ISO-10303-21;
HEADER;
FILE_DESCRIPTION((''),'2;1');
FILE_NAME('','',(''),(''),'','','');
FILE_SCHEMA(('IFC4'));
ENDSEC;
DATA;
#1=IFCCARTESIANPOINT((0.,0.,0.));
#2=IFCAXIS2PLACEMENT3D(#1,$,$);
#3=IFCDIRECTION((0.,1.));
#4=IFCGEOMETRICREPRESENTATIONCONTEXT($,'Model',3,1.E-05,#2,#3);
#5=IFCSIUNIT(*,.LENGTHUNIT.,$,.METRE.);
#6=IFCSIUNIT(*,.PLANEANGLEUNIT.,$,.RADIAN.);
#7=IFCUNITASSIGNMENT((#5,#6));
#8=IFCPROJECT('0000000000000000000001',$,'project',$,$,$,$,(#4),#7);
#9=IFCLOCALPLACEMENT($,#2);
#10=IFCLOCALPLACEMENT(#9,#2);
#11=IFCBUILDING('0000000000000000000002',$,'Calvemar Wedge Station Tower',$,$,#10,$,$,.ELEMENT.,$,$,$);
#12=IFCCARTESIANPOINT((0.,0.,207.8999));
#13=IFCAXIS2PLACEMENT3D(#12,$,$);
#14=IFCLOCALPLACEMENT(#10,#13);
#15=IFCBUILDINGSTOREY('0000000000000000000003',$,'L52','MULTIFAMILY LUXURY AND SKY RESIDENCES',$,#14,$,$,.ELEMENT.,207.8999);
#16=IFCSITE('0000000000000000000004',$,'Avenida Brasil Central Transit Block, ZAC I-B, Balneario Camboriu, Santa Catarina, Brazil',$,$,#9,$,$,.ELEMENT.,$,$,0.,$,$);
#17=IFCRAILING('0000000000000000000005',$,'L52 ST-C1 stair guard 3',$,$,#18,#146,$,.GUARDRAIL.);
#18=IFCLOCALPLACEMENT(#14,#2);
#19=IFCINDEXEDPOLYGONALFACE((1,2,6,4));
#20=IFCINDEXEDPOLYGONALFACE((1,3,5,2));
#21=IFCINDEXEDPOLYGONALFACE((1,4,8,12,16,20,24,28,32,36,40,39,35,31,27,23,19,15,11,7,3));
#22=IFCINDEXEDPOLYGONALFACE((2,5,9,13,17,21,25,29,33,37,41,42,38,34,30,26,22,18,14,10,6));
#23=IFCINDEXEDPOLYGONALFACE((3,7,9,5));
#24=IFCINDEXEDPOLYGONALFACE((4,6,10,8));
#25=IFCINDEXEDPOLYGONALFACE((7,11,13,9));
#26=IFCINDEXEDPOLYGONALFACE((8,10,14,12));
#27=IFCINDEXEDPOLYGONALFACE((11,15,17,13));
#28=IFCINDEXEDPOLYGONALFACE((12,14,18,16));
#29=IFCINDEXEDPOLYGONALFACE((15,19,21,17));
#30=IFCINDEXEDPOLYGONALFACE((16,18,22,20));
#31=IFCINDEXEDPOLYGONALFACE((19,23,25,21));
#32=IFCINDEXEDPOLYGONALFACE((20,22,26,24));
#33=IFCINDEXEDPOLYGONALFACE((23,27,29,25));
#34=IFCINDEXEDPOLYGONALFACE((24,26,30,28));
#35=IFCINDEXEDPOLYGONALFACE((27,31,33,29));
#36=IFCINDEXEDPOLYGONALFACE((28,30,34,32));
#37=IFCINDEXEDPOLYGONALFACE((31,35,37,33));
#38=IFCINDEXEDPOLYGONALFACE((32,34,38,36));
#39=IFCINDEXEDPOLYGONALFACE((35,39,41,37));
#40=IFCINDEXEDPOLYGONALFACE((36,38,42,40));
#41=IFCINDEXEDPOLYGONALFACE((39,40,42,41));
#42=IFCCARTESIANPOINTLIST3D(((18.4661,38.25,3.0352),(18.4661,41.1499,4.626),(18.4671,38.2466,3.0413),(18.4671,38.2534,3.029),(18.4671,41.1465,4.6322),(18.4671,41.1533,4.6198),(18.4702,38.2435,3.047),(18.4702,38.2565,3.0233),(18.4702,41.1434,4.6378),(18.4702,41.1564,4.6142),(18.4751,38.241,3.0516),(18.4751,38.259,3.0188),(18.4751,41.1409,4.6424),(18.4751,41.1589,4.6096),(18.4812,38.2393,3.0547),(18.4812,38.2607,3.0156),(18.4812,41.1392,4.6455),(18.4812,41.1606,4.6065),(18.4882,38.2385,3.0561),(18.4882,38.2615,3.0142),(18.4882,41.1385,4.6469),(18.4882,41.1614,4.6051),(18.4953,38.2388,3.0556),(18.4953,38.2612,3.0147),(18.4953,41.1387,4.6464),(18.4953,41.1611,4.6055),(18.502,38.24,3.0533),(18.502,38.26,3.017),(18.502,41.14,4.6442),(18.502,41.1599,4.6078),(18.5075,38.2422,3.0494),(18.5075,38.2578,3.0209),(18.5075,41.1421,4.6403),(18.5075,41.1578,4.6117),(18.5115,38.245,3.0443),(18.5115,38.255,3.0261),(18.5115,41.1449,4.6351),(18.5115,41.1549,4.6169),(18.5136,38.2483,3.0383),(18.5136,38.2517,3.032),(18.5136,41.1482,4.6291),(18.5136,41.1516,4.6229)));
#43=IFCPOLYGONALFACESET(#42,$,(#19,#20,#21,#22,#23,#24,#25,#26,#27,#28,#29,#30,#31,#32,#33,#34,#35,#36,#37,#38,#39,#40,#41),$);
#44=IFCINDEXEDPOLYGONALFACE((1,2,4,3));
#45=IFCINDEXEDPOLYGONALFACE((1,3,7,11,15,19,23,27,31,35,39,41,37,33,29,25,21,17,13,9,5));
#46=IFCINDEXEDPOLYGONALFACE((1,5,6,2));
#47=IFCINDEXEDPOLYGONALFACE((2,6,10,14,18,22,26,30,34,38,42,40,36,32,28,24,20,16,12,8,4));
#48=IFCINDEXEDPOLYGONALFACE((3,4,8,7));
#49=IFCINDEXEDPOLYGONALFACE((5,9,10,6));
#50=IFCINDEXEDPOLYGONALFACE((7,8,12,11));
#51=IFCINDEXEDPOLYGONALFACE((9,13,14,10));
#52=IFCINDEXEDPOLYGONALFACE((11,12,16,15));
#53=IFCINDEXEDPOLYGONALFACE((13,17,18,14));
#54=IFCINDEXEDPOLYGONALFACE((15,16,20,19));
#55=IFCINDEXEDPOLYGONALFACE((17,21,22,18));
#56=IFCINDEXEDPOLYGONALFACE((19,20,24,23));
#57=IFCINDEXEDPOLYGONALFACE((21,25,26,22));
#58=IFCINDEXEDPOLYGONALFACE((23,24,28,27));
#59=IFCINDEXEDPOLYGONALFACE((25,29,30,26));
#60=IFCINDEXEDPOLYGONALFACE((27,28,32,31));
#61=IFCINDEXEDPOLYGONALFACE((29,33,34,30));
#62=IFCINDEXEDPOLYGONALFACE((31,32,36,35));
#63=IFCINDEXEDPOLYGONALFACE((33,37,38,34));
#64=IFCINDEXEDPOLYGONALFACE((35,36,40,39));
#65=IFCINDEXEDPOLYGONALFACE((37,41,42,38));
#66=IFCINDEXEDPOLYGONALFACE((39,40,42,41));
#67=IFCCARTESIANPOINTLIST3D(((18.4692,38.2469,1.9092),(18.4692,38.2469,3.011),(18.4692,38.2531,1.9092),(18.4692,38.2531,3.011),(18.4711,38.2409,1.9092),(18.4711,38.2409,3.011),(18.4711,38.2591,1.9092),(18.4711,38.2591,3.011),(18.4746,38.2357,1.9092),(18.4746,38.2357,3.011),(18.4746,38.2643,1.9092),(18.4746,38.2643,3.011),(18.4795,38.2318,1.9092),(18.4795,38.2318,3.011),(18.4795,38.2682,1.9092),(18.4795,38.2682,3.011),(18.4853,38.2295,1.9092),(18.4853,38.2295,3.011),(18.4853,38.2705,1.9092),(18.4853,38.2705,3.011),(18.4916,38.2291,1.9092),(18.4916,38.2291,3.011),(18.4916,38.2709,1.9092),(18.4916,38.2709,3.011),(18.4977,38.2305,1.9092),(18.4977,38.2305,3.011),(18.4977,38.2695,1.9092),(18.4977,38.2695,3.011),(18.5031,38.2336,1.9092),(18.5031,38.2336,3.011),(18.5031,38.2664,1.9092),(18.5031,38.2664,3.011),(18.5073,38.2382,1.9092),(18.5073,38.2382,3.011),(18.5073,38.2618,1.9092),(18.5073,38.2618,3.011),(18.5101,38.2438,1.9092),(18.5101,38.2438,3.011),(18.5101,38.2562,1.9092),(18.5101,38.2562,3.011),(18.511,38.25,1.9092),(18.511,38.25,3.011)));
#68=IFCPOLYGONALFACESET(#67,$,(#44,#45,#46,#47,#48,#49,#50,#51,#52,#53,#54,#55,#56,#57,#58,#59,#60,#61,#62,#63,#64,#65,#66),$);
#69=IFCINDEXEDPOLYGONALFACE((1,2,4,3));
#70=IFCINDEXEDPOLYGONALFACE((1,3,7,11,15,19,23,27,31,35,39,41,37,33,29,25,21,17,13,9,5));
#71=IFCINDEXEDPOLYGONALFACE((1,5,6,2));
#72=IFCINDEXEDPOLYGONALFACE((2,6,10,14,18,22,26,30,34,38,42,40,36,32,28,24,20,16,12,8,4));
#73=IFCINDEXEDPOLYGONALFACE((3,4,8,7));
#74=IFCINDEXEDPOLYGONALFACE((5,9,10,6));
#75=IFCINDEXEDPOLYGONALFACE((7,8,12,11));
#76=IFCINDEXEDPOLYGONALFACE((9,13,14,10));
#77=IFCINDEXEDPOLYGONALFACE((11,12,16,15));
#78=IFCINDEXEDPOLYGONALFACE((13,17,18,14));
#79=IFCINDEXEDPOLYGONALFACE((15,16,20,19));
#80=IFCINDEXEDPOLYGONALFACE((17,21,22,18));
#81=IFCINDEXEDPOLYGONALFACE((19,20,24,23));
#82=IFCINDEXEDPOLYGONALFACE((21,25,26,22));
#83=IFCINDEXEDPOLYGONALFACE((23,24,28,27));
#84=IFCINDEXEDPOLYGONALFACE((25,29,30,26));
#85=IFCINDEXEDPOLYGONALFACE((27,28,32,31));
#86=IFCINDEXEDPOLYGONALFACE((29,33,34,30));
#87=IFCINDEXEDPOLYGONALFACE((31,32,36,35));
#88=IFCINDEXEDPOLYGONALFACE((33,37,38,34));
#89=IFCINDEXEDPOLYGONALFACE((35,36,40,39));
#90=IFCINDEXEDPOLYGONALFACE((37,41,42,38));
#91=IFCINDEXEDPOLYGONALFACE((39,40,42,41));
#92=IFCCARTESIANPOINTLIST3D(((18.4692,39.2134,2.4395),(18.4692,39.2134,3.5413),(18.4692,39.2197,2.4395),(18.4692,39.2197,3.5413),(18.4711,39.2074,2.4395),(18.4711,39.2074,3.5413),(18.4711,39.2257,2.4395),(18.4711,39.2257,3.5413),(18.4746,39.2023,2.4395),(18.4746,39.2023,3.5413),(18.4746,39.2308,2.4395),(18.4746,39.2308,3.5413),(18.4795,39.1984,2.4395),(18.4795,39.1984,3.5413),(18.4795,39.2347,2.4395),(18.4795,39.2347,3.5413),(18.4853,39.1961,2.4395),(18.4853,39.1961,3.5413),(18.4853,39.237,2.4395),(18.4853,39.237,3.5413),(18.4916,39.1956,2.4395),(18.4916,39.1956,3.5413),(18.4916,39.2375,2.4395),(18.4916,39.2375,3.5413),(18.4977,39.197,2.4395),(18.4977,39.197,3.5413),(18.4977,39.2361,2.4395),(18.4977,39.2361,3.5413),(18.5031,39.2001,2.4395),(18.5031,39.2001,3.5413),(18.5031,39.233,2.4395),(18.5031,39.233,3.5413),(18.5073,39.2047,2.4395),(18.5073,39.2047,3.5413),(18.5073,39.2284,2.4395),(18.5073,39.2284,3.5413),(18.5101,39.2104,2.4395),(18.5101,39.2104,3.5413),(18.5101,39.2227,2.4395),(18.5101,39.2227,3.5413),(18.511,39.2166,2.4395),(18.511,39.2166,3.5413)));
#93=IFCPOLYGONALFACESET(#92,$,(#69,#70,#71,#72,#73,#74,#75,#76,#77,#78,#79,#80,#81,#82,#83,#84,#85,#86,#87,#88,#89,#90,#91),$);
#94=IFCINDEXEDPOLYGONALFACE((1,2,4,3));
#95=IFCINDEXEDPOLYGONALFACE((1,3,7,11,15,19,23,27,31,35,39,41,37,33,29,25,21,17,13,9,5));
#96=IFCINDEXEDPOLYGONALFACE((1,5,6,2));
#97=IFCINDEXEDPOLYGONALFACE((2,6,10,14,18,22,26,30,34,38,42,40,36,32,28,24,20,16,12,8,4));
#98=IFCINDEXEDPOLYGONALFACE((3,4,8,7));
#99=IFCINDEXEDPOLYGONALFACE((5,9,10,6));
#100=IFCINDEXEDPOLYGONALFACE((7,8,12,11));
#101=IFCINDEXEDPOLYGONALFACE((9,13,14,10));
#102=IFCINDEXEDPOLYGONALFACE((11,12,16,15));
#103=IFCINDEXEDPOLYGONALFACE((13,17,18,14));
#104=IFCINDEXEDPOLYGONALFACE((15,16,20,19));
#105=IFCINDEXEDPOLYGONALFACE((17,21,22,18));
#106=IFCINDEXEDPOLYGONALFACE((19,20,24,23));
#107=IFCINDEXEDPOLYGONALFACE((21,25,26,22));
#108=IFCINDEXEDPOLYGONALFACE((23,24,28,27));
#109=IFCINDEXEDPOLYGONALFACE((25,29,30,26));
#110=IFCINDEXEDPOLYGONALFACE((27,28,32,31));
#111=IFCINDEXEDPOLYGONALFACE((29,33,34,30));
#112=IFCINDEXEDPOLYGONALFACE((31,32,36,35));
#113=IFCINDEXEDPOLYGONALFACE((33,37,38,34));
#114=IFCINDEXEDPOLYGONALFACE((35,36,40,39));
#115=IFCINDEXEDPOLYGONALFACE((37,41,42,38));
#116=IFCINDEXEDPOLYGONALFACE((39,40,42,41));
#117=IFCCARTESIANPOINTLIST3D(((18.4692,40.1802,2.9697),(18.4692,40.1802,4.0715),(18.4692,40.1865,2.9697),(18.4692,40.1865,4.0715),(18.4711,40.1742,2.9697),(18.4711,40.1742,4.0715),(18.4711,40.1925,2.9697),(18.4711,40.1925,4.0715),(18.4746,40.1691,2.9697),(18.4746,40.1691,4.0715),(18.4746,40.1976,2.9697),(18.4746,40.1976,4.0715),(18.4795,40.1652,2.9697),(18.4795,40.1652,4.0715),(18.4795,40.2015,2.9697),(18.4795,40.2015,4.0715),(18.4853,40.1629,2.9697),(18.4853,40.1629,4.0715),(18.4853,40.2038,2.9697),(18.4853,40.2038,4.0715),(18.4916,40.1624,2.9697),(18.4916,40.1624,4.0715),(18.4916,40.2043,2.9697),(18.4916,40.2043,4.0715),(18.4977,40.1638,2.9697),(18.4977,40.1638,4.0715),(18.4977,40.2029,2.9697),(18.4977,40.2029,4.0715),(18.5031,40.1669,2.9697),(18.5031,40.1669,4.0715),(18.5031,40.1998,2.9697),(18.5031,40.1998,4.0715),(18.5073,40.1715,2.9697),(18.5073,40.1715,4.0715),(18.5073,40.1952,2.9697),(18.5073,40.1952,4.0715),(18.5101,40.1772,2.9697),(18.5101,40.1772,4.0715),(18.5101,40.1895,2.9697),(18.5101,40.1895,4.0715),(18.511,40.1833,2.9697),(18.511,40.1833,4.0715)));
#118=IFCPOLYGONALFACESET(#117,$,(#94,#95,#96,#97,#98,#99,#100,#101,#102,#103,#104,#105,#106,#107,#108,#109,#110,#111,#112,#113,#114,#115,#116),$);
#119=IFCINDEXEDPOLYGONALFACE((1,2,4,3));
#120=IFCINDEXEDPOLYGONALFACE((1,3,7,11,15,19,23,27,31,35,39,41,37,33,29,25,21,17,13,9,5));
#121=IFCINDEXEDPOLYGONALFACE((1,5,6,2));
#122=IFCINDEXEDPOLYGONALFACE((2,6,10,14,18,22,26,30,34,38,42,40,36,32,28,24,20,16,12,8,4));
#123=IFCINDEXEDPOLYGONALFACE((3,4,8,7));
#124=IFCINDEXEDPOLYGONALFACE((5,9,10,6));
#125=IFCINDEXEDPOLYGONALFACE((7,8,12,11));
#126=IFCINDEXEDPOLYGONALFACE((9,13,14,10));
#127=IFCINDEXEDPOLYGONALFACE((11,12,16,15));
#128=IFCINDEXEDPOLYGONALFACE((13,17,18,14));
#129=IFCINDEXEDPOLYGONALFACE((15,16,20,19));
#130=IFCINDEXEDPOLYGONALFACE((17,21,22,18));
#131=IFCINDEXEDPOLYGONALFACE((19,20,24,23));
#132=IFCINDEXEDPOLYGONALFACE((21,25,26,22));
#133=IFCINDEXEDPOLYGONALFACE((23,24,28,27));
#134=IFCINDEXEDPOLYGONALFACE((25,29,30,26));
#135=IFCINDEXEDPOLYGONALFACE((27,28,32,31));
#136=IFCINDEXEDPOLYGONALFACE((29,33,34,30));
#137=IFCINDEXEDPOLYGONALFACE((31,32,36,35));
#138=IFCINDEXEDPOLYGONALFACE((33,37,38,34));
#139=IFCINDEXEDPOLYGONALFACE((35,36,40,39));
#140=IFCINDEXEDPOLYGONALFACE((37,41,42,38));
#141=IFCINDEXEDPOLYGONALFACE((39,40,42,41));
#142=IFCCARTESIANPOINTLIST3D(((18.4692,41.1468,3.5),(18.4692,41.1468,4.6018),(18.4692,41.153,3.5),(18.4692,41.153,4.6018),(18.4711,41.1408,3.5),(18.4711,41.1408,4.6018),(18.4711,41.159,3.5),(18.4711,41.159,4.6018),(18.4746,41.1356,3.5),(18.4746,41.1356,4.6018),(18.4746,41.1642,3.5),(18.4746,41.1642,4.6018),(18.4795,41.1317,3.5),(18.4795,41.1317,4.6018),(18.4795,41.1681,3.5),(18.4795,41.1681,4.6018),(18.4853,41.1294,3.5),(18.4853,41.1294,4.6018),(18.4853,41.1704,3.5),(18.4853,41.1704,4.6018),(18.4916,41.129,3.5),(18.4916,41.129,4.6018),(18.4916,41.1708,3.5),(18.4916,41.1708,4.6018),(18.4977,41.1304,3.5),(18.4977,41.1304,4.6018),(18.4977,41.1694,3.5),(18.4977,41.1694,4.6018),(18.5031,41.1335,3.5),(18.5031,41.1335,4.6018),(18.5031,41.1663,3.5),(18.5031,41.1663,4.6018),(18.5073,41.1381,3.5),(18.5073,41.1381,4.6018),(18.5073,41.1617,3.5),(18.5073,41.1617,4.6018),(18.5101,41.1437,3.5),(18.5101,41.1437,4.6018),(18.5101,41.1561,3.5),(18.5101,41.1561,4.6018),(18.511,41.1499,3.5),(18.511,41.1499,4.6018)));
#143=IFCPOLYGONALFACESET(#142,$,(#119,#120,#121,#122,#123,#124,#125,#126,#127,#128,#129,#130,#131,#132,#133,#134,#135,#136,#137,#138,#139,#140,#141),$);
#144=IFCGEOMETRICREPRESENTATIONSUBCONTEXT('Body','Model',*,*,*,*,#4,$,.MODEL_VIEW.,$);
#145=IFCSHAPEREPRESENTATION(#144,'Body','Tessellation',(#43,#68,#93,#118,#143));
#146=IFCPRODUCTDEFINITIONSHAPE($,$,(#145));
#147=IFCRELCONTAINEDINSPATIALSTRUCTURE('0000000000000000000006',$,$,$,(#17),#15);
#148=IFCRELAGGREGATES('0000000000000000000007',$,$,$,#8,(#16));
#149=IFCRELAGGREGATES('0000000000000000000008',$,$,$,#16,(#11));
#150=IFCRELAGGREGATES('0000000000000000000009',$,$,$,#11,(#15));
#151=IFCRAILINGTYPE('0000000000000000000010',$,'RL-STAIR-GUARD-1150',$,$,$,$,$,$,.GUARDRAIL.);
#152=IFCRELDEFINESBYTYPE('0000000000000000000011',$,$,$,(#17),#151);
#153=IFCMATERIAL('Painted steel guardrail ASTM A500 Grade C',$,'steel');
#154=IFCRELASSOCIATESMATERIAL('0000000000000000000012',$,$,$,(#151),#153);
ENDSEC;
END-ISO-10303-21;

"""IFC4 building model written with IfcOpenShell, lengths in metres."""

from ifc_helpers import new_model, si_unit, direction, frame, origin, origin_2d, place, context, subcontext, project, spatial, circle, extrude, material, type_object, element, save


model = new_model("IFC4")

# Units and contexts
model_context = context("Model", 3, precision=1e-05, world=origin(), true_north=direction((0.0, 1.0)))
body_context = subcontext(model_context, "Body", "Model", "MODEL_VIEW")
ifc_project = project(units=[si_unit("LENGTHUNIT", "METRE"), si_unit("PLANEANGLEUNIT", "RADIAN")], contexts=[model_context])

# Site, building, storey
site_placement = place(None, origin())
site = spatial("IfcSite", under=ifc_project, at=site_placement, Name="Avenida Brasil Central Transit Block, ZAC I-B, Balneario Camboriu, Santa Catarina, Brazil", CompositionType="ELEMENT", RefElevation=0.0)
building_placement = place(site_placement, origin())
building = spatial("IfcBuilding", under=site, at=building_placement, Name="Calvemar Wedge Station Tower", CompositionType="ELEMENT")
storey_placement = place(building_placement, frame((0.0, 0.0, 207.8999)))
storey = spatial("IfcBuildingStorey", under=building, at=storey_placement, Name="L52", Description="MULTIFAMILY LUXURY AND SKY RESIDENCES", CompositionType="ELEMENT", Elevation=207.8999)

# Railing
ifc_material_1 = material(Name="Painted steel guardrail ASTM A500 Grade C", Category="steel")
railing_type_1 = type_object("IfcRailingType", Name="RL-STAIR-GUARD-1150", PredefinedType="GUARDRAIL", material=ifc_material_1)
railing_1_placement = place(storey_placement, frame((18.49, 38.25, 1.9092)))
element("IfcRailing", 1, at=railing_1_placement, inside=storey, type_object=railing_type_1, Name="L52 ST-C1 stair guard 3", PredefinedType="GUARDRAIL", context=body_context, shape_type="SweptSolid", body=[
    extrude(circle(Radius=0.0239, at=origin_2d()), frame((0.0, 0.0, 1.126), z_axis=(0.0, 0.876742, 0.480961), x_axis=(-1.0, 0.0, 0.0)), (0.0, 0.0, 1.0), 3.3076),
    extrude(circle(Radius=0.021, at=origin_2d()), origin(), (0.0, 0.0, 1.0), 1.1018),
    extrude(circle(Radius=0.021, at=origin_2d()), frame((0.0, 0.9666, 0.5303)), (0.0, 0.0, 1.0), 1.1018),
    extrude(circle(Radius=0.021, at=origin_2d()), frame((0.0, 1.9333, 1.0605)), (0.0, 0.0, 1.0), 1.1018),
    extrude(circle(Radius=0.021, at=origin_2d()), frame((0.0, 2.8999, 1.5908)), (0.0, 0.0, 1.0), 1.1018),
])

save(model, "model.ifc")
